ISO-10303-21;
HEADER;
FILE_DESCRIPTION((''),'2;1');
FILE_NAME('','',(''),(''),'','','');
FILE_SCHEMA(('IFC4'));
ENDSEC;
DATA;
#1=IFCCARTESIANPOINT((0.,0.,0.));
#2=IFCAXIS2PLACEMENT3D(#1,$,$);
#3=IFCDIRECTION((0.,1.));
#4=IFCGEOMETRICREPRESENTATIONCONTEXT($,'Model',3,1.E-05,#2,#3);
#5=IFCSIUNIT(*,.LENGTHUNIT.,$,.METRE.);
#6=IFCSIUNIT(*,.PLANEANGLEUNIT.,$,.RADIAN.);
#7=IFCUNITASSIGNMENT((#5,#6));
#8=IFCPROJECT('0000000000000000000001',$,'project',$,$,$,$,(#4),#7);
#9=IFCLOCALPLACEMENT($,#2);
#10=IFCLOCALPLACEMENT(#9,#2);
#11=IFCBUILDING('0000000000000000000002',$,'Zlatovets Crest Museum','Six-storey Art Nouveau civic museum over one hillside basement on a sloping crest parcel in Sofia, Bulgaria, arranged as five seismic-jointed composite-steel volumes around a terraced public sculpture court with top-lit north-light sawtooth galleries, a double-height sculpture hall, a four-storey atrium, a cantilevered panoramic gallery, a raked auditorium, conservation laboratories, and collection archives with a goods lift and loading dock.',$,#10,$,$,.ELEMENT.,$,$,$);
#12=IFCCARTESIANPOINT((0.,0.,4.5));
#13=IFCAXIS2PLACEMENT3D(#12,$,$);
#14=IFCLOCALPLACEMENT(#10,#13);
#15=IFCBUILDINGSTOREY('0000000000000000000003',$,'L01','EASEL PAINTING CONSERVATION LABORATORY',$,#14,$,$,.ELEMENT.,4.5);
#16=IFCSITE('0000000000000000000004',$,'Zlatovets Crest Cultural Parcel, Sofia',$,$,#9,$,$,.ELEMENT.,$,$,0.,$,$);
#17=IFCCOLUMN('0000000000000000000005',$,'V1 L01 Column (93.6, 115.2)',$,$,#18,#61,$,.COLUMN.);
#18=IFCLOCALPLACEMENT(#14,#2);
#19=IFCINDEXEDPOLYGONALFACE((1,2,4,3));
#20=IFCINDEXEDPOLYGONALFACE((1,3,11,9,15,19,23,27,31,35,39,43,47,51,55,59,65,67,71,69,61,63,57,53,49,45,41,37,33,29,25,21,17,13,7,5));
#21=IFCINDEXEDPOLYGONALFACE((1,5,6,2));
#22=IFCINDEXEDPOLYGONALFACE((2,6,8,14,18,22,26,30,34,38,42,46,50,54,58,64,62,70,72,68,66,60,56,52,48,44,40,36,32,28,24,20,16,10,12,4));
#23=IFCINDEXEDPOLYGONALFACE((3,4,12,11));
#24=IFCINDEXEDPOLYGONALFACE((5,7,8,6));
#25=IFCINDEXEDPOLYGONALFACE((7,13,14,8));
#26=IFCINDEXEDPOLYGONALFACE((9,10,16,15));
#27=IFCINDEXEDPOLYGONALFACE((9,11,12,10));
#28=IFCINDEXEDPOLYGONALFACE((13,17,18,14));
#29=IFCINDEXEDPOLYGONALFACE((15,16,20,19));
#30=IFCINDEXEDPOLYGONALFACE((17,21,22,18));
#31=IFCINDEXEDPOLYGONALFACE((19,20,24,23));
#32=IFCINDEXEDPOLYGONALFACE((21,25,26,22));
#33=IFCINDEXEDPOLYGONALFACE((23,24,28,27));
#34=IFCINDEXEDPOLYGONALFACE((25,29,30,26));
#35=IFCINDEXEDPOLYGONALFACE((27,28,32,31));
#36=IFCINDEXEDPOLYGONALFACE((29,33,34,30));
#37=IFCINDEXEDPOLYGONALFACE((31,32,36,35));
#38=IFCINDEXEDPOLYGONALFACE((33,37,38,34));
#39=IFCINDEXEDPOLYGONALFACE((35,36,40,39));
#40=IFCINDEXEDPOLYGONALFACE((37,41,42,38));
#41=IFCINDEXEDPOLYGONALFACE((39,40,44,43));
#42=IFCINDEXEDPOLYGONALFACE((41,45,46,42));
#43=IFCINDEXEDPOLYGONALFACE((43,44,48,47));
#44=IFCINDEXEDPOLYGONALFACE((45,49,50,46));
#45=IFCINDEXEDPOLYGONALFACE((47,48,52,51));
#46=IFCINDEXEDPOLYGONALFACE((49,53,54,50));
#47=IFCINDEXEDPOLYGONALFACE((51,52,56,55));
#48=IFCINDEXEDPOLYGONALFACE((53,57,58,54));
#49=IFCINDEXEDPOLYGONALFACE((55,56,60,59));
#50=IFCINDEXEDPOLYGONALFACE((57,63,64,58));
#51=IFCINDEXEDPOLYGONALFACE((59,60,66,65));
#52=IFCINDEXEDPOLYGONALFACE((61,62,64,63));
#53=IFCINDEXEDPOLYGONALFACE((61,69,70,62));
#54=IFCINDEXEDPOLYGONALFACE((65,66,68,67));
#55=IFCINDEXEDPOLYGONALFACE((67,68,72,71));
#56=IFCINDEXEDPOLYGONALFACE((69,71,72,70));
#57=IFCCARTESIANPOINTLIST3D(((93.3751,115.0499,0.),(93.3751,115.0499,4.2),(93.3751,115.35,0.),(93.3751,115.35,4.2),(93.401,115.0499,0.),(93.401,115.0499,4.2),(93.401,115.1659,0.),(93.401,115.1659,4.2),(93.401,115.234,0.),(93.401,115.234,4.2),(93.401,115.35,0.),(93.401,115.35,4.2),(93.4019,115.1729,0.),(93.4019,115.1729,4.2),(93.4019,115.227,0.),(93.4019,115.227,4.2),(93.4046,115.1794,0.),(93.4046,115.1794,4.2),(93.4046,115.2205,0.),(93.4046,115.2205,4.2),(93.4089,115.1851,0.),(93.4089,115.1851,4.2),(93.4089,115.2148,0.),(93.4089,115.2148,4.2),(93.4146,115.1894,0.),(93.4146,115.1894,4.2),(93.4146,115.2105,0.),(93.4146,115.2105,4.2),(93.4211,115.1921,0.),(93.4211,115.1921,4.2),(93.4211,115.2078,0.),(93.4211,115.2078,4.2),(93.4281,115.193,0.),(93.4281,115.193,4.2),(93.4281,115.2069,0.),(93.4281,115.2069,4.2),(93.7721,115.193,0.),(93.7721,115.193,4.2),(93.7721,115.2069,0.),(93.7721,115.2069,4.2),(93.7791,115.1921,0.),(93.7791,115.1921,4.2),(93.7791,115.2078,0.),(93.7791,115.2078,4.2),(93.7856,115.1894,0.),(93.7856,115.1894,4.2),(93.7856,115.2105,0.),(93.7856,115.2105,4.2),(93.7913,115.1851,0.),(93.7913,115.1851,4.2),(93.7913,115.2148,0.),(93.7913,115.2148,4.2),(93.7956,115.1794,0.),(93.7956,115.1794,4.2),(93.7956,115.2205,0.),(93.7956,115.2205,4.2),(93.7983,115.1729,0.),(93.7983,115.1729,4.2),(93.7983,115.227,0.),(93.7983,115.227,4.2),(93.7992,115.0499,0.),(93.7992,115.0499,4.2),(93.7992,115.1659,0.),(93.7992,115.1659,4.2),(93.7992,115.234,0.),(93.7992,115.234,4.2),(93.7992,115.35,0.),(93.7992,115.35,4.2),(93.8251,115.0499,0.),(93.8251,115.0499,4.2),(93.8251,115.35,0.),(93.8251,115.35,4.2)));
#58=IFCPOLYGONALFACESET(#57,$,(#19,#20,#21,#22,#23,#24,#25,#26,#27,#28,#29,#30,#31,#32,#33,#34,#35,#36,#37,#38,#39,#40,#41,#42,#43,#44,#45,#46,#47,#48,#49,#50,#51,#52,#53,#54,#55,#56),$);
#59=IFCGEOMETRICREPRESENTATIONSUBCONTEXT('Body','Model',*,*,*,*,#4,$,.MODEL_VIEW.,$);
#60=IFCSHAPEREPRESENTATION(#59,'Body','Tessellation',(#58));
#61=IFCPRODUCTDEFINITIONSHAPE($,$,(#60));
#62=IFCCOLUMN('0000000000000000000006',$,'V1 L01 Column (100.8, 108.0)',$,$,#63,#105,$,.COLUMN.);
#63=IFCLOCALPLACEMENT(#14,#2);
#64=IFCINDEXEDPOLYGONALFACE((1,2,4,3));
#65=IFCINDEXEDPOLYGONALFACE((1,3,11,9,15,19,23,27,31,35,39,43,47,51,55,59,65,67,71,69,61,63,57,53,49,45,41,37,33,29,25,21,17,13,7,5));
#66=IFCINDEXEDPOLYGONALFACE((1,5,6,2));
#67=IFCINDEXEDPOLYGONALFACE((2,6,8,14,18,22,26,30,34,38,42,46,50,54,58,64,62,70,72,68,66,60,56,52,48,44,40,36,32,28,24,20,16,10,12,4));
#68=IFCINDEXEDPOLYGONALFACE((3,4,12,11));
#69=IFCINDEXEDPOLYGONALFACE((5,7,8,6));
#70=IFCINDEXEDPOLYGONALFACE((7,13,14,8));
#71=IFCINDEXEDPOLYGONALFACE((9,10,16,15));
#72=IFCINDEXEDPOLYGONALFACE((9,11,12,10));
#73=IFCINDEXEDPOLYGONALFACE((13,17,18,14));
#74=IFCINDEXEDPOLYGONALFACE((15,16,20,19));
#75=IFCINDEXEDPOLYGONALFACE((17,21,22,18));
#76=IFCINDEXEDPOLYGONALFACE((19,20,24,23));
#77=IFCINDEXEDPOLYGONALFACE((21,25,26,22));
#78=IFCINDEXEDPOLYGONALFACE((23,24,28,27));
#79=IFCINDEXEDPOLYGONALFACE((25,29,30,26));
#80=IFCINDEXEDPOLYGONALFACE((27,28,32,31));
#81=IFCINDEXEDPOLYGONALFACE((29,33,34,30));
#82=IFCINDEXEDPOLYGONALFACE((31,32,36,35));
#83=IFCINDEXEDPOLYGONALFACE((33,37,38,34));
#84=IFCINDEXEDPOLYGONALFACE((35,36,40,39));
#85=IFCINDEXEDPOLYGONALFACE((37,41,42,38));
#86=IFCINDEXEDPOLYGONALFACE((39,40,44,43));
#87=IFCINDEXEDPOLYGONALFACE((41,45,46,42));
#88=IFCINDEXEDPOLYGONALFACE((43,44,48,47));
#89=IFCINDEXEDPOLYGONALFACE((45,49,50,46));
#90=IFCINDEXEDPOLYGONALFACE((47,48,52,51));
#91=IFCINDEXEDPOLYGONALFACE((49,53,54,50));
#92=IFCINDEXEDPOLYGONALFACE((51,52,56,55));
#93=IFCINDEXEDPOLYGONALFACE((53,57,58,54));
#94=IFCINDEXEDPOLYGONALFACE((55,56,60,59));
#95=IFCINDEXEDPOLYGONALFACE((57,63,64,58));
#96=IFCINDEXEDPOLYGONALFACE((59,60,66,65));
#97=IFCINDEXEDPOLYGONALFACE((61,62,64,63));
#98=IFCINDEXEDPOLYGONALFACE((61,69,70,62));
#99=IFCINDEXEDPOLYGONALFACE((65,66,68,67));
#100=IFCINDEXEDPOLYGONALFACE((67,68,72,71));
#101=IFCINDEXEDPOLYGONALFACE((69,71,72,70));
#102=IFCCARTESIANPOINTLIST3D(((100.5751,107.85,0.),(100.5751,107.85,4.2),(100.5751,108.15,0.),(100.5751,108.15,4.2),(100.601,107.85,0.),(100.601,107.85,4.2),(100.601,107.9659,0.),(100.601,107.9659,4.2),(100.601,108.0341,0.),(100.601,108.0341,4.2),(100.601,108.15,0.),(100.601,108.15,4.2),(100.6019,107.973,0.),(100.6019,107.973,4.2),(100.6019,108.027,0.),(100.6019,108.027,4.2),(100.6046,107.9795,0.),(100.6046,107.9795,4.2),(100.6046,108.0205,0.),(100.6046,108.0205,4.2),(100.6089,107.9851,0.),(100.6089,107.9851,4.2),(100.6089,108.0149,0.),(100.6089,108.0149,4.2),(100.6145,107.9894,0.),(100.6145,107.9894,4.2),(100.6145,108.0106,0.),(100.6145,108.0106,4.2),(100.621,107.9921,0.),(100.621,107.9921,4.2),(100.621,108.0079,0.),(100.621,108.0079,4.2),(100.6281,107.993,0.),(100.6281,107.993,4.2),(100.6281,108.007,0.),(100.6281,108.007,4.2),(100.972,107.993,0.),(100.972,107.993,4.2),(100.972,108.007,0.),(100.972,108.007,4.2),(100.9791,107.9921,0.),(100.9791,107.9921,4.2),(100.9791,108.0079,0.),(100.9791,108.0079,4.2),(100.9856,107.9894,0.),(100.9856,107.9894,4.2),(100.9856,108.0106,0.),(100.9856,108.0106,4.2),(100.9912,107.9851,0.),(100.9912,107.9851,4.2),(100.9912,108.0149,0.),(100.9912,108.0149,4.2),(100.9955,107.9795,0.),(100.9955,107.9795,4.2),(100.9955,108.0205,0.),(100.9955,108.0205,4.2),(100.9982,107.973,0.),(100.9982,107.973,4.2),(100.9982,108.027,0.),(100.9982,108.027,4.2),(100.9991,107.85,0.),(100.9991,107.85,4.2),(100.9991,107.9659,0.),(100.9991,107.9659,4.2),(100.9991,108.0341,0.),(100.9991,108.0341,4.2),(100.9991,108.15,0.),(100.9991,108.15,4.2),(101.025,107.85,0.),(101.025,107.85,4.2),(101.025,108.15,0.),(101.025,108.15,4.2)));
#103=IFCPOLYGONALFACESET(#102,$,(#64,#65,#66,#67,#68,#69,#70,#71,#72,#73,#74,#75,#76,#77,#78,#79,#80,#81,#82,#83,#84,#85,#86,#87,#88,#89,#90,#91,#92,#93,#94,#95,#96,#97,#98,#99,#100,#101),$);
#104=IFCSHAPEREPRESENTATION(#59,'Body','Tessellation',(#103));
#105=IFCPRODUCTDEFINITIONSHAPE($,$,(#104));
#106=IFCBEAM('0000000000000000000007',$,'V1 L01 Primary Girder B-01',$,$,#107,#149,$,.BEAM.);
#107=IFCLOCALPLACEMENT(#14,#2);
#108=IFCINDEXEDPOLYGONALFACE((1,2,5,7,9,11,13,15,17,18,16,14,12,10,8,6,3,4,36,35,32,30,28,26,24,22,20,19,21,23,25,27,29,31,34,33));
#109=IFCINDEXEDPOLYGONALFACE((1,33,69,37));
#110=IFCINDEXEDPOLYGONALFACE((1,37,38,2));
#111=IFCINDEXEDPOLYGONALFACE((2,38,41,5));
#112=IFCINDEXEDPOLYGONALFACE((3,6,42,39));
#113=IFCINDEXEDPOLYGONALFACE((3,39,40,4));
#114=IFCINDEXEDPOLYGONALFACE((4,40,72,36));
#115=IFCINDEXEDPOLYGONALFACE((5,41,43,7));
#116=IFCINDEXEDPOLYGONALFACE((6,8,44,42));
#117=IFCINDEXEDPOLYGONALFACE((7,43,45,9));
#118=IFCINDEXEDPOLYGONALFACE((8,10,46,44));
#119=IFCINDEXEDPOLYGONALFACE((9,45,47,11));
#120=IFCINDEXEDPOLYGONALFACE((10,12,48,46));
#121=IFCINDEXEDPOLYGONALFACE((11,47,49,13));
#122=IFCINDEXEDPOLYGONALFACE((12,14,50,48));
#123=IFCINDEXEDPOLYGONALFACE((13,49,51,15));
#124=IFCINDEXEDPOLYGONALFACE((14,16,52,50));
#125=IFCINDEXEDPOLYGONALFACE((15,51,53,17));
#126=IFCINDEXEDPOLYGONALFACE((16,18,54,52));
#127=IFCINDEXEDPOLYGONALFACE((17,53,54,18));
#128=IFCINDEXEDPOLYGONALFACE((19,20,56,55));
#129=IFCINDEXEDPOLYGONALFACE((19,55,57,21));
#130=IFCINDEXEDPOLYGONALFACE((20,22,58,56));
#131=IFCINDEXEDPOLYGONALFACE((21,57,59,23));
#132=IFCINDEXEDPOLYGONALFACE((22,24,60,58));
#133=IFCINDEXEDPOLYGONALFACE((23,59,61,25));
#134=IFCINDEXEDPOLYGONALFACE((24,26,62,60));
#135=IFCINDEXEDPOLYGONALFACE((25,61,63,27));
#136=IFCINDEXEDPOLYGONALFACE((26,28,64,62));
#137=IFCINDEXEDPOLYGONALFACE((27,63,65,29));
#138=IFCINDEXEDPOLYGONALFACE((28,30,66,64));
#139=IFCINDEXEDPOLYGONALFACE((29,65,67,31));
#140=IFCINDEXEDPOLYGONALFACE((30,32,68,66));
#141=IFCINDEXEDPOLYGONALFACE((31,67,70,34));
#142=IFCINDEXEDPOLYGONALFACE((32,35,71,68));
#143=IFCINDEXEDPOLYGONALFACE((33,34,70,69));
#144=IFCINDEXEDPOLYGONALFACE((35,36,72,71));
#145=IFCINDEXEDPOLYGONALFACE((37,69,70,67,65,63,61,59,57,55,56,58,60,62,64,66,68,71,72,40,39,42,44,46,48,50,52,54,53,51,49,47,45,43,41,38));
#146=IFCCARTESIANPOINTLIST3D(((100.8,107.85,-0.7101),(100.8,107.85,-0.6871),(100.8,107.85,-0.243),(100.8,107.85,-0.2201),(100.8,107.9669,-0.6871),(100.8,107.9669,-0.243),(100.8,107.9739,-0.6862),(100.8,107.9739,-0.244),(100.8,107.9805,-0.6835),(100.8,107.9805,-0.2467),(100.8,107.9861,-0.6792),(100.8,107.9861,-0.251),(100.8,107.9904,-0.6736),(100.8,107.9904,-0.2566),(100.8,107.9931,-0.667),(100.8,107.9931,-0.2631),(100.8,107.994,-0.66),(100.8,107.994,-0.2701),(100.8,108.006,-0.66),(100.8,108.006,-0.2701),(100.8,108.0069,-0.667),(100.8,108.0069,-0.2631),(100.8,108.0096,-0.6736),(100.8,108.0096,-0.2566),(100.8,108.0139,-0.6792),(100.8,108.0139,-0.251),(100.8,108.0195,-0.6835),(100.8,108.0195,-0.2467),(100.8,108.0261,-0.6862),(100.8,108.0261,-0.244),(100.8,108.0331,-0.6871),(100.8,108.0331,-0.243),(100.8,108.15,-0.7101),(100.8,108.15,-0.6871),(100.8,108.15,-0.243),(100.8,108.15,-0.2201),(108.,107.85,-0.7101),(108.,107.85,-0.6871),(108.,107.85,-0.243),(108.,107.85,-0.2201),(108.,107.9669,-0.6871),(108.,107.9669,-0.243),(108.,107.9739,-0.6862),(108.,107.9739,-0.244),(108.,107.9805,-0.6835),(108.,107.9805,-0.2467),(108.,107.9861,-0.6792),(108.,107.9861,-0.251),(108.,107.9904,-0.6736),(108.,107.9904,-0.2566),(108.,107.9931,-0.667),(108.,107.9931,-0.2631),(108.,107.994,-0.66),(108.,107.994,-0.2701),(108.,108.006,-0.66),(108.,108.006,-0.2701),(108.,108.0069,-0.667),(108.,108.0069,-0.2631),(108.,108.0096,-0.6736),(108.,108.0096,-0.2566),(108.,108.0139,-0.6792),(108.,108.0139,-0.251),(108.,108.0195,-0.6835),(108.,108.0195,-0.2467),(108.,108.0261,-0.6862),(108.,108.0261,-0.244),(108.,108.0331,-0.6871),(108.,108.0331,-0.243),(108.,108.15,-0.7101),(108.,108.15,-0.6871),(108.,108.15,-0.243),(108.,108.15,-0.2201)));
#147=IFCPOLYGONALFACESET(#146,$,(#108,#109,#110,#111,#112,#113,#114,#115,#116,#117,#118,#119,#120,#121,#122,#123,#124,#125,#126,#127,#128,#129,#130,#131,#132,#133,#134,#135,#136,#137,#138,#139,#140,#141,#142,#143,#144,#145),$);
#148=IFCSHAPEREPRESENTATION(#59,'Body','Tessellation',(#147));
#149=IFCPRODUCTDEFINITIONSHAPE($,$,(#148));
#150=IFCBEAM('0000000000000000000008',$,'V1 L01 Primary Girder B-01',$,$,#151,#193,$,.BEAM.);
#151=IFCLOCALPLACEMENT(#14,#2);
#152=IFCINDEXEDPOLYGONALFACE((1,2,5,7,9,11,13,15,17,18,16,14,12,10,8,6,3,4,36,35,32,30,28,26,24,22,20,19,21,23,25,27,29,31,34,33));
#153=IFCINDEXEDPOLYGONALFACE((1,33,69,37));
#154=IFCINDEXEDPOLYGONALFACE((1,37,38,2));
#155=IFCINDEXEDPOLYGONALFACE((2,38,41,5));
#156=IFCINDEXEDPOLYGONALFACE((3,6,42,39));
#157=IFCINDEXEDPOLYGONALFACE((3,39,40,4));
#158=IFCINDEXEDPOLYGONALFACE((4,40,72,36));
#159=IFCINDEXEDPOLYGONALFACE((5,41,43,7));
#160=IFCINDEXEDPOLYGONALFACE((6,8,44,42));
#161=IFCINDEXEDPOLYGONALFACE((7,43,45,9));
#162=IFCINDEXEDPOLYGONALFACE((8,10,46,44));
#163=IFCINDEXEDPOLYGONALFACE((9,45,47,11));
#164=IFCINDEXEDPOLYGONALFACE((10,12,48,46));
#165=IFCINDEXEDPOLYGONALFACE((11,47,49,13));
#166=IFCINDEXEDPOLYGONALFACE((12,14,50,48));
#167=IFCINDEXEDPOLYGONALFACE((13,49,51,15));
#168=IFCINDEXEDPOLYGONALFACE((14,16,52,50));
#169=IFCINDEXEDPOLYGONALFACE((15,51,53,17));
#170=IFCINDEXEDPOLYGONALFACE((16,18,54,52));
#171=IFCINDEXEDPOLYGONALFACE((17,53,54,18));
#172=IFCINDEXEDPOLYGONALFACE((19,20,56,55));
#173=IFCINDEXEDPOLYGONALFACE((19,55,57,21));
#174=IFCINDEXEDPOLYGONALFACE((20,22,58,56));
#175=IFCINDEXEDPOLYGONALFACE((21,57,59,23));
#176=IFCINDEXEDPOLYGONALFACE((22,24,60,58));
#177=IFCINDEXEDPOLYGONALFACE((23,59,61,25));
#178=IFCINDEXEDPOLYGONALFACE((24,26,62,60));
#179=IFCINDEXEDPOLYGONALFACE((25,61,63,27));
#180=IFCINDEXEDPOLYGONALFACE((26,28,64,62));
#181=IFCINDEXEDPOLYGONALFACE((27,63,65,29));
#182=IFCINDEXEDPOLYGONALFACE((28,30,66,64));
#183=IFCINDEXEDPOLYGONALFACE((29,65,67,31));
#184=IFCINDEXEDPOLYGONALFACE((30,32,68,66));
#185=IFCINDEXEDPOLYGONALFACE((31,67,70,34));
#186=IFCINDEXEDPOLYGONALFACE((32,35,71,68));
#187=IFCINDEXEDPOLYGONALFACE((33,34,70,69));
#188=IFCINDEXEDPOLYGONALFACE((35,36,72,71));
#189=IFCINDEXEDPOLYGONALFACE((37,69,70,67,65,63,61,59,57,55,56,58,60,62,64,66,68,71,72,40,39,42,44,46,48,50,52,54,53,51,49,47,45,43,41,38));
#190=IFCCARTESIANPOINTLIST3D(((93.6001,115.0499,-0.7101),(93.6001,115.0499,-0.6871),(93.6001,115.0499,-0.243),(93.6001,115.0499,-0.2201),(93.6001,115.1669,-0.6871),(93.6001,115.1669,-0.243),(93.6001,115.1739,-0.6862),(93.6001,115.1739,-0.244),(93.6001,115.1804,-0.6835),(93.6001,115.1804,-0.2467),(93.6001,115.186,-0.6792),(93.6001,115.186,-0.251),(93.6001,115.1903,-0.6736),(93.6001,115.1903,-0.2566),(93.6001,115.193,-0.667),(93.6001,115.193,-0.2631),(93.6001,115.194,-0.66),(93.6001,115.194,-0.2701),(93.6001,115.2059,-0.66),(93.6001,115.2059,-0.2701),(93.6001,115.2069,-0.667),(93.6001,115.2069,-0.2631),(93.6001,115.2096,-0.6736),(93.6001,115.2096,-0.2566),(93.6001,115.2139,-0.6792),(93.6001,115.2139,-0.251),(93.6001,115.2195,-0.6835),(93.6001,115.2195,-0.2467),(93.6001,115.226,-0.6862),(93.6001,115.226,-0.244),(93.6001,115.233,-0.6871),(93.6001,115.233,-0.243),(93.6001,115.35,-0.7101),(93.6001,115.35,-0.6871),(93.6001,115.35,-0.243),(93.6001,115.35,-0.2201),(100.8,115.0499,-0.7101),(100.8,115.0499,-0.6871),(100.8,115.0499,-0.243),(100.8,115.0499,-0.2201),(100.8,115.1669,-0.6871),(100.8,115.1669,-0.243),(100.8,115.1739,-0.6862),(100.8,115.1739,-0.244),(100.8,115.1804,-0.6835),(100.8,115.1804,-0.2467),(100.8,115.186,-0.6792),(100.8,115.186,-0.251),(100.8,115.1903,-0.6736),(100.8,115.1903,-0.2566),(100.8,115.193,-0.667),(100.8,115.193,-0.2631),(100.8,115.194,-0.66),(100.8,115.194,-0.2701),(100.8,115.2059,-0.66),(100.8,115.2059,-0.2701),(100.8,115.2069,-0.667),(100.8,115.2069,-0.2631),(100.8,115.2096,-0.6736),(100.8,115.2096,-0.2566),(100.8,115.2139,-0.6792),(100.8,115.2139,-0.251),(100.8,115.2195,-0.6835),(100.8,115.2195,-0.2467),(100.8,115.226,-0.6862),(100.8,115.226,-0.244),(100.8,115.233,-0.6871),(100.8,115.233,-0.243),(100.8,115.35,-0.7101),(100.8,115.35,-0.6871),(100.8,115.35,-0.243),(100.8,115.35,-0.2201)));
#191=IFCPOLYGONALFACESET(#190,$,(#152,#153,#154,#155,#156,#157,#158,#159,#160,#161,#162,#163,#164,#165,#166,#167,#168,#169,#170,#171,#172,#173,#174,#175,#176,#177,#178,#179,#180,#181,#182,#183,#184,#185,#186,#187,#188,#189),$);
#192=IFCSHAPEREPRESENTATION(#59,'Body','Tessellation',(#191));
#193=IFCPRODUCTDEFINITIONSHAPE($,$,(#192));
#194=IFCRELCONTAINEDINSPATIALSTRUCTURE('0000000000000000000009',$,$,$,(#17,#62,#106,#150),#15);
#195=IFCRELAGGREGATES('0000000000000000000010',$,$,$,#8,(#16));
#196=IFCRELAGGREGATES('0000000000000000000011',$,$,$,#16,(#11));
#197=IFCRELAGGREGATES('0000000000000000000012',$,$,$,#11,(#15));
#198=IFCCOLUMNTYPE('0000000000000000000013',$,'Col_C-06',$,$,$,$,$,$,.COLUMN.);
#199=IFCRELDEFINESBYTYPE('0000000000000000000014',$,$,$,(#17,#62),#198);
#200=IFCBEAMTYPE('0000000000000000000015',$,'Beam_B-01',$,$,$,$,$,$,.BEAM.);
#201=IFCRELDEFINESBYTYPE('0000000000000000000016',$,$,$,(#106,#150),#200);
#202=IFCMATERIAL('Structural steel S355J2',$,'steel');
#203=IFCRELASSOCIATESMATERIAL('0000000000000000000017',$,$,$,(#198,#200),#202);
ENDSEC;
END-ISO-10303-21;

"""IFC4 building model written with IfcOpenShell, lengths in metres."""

from ifc_helpers import new_model, si_unit, direction, frame, origin, origin_2d, place, context, subcontext, project, spatial, i_section, extrude, material, material_profile, profile_set, type_object, element, save


model = new_model("IFC4")

# Units and contexts
model_context = context("Model", 3, precision=1e-05, world=origin(), true_north=direction((0.0, 1.0)))
body_context = subcontext(model_context, "Body", "Model", "MODEL_VIEW")
ifc_project = project(units=[si_unit("LENGTHUNIT", "METRE"), si_unit("PLANEANGLEUNIT", "RADIAN")], contexts=[model_context])

# Site, building, storey
site_placement = place(None, origin())
site = spatial("IfcSite", under=ifc_project, at=site_placement, Name="Zlatovets Crest Cultural Parcel, Sofia", CompositionType="ELEMENT", RefElevation=0.0)
building_placement = place(site_placement, origin())
building = spatial("IfcBuilding", under=site, at=building_placement, Name="Zlatovets Crest Museum", Description="Six-storey Art Nouveau civic museum over one hillside basement on a sloping crest parcel in Sofia, Bulgaria, arranged as five seismic-jointed composite-steel volumes around a terraced public sculpture court with top-lit north-light sawtooth galleries, a double-height sculpture hall, a four-storey atrium, a cantilevered panoramic gallery, a raked auditorium, conservation laboratories, and collection archives with a goods lift and loading dock.", CompositionType="ELEMENT")
storey_placement = place(building_placement, frame((0.0, 0.0, 4.5)))
storey = spatial("IfcBuildingStorey", under=building, at=storey_placement, Name="L01", Description="EASEL PAINTING CONSERVATION LABORATORY", CompositionType="ELEMENT", Elevation=4.5)

# Columns
ifc_material_1 = material(Name="Structural steel S355J2", Category="steel")
ifc_material_profile_1 = material_profile(ifc_material_1, i_section(OverallWidth=0.3, OverallDepth=0.45, WebThickness=0.0139, FlangeThickness=0.0259, FilletRadius=0.0271, at=origin_2d()), Name="HEB 450")
ifc_profile_set_1 = profile_set([ifc_material_profile_1], Name="Structural steel S355J2")
column_type = type_object("IfcColumnType", Name="Col_C-06", PredefinedType="COLUMN", material=ifc_profile_set_1)
for number, where, z_axis, x_axis, name in (
    (1, (93.6001, 115.2, 0.0), (0.0, 0.0, 1.0), (0.0, 1.0, 0.0), "V1 L01 Column (93.6, 115.2)"),
    (2, (100.8, 108.0, 0.0), (0.0, 0.0, 1.0), (0.0, 1.0, 0.0), "V1 L01 Column (100.8, 108.0)"),
):
    element("IfcColumn", number, at=place(storey_placement, frame(where, z_axis=z_axis, x_axis=x_axis)), inside=storey, type_object=column_type, Name=name, PredefinedType="COLUMN", context=body_context, shape_type="SweptSolid", body=[
        extrude(i_section(OverallWidth=0.3, OverallDepth=0.45, WebThickness=0.0139, FlangeThickness=0.0259, FilletRadius=0.0271, at=origin_2d()), origin(), (0.0, 0.0, 1.0), 4.2),
    ])

# Beams
ifc_material_profile_2 = material_profile(ifc_material_1, i_section(OverallWidth=0.3, OverallDepth=0.49, WebThickness=0.012, FlangeThickness=0.0229, FilletRadius=0.0271, at=origin_2d()), Name="HEA 500")
ifc_profile_set_2 = profile_set([ifc_material_profile_2], Name="Structural steel S355J2")
beam_type_1 = type_object("IfcBeamType", Name="Beam_B-01", PredefinedType="BEAM", material=ifc_profile_set_2)
for number, where, z_axis, x_axis, name in (
    (3, (100.8, 108.0, -0.4651), (1.0, 0.0, 0.0), (0.0, 1.0, 0.0), "V1 L01 Primary Girder B-01"),
    (4, (93.6001, 115.2, -0.4651), (1.0, 0.0, 0.0), (0.0, 1.0, 0.0), "V1 L01 Primary Girder B-01"),
):
    element("IfcBeam", number, at=place(storey_placement, frame(where, z_axis=z_axis, x_axis=x_axis)), inside=storey, type_object=beam_type_1, Name=name, PredefinedType="BEAM", context=body_context, shape_type="SweptSolid", body=[
        extrude(i_section(OverallWidth=0.3, OverallDepth=0.49, WebThickness=0.012, FlangeThickness=0.0229, FilletRadius=0.0271, at=origin_2d()), origin(), (0.0, 0.0, 1.0), 7.2),
    ])

save(model, "model.ifc")
